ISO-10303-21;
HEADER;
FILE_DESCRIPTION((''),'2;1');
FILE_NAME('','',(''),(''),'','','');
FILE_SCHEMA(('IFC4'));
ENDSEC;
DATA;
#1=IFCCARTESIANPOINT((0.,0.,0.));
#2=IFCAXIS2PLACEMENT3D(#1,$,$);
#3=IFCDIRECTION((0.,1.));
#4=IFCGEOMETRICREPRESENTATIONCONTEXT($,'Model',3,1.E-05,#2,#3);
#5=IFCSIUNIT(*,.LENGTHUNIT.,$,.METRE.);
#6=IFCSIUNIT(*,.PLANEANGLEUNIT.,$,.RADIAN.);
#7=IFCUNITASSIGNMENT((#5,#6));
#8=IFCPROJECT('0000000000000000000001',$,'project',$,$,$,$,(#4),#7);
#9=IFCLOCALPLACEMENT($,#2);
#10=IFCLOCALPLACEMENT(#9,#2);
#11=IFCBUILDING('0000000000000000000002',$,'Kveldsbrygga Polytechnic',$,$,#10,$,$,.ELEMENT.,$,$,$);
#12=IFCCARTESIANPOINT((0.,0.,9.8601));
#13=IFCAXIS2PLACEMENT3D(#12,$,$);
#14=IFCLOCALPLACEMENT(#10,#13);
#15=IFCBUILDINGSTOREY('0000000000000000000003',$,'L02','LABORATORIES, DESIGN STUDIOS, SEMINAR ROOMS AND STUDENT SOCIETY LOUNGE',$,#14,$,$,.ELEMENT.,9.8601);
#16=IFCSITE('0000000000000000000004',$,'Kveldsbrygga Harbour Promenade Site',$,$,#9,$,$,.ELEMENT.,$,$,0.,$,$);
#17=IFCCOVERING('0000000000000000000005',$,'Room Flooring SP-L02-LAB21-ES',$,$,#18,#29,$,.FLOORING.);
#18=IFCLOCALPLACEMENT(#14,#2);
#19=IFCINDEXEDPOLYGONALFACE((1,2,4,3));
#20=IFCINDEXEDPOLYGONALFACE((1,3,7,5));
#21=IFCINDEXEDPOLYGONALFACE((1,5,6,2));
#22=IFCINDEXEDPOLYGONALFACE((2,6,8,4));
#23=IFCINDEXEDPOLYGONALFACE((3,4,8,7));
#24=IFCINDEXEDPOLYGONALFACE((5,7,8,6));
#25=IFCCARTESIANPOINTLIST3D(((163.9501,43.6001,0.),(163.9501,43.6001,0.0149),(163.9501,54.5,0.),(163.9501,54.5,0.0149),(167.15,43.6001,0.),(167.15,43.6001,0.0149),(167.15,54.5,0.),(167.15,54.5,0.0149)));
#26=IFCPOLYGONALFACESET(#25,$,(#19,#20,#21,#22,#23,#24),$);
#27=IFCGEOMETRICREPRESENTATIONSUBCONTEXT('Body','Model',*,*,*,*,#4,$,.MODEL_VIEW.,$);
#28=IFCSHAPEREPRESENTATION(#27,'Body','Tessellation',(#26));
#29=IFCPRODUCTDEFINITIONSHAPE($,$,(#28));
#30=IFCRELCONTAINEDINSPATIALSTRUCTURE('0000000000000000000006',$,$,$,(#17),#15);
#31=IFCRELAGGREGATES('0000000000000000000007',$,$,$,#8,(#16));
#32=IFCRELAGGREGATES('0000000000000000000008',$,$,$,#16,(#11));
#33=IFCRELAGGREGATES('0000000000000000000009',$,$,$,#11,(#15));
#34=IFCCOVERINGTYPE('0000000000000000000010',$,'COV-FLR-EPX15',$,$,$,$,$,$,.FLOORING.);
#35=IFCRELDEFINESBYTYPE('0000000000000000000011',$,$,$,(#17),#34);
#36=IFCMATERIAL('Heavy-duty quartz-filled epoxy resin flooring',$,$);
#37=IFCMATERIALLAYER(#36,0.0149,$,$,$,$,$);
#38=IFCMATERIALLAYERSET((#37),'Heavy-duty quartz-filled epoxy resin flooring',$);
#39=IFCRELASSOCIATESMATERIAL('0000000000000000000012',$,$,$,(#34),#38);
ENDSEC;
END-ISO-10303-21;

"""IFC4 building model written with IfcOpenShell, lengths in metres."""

from ifc_helpers import new_model, si_unit, direction, frame, origin, origin_2d, place, context, subcontext, project, spatial, rectangle, extrude, material, layer, layer_set, type_object, element, save


model = new_model("IFC4")

# Units and contexts
model_context = context("Model", 3, precision=1e-05, world=origin(), true_north=direction((0.0, 1.0)))
body_context = subcontext(model_context, "Body", "Model", "MODEL_VIEW")
ifc_project = project(units=[si_unit("LENGTHUNIT", "METRE"), si_unit("PLANEANGLEUNIT", "RADIAN")], contexts=[model_context])

# Site, building, storey
site_placement = place(None, origin())
site = spatial("IfcSite", under=ifc_project, at=site_placement, Name="Kveldsbrygga Harbour Promenade Site", CompositionType="ELEMENT", RefElevation=0.0)
building_placement = place(site_placement, origin())
building = spatial("IfcBuilding", under=site, at=building_placement, Name="Kveldsbrygga Polytechnic", CompositionType="ELEMENT")
storey_placement = place(building_placement, frame((0.0, 0.0, 9.8601)))
storey = spatial("IfcBuildingStorey", under=building, at=storey_placement, Name="L02", Description="LABORATORIES, DESIGN STUDIOS, SEMINAR ROOMS AND STUDENT SOCIETY LOUNGE", CompositionType="ELEMENT", Elevation=9.8601)

# Covering
ifc_material_1 = material(Name="Heavy-duty quartz-filled epoxy resin flooring")
ifc_layer_1 = layer(ifc_material_1, 0.0149)
ifc_layer_set_1 = layer_set([ifc_layer_1], Name="Heavy-duty quartz-filled epoxy resin flooring")
covering_type_1 = type_object("IfcCoveringType", Name="COV-FLR-EPX15", PredefinedType="FLOORING", material=ifc_layer_set_1)
for number, where, z_axis, x_axis, name in (
    (1, (165.55, 49.05, 0.0), (0.0, 0.0, 1.0), (1.0, 0.0, 0.0), "Room Flooring SP-L02-LAB21-ES"),
):
    element("IfcCovering", number, at=place(storey_placement, frame(where, z_axis=z_axis, x_axis=x_axis)), inside=storey, type_object=covering_type_1, Name=name, PredefinedType="FLOORING", context=body_context, shape_type="SweptSolid", body=[
        extrude(rectangle(XDim=3.2, YDim=10.8999, at=origin_2d()), origin(), (0.0, 0.0, 1.0), 0.0149),
    ])

save(model, "model.ifc")
